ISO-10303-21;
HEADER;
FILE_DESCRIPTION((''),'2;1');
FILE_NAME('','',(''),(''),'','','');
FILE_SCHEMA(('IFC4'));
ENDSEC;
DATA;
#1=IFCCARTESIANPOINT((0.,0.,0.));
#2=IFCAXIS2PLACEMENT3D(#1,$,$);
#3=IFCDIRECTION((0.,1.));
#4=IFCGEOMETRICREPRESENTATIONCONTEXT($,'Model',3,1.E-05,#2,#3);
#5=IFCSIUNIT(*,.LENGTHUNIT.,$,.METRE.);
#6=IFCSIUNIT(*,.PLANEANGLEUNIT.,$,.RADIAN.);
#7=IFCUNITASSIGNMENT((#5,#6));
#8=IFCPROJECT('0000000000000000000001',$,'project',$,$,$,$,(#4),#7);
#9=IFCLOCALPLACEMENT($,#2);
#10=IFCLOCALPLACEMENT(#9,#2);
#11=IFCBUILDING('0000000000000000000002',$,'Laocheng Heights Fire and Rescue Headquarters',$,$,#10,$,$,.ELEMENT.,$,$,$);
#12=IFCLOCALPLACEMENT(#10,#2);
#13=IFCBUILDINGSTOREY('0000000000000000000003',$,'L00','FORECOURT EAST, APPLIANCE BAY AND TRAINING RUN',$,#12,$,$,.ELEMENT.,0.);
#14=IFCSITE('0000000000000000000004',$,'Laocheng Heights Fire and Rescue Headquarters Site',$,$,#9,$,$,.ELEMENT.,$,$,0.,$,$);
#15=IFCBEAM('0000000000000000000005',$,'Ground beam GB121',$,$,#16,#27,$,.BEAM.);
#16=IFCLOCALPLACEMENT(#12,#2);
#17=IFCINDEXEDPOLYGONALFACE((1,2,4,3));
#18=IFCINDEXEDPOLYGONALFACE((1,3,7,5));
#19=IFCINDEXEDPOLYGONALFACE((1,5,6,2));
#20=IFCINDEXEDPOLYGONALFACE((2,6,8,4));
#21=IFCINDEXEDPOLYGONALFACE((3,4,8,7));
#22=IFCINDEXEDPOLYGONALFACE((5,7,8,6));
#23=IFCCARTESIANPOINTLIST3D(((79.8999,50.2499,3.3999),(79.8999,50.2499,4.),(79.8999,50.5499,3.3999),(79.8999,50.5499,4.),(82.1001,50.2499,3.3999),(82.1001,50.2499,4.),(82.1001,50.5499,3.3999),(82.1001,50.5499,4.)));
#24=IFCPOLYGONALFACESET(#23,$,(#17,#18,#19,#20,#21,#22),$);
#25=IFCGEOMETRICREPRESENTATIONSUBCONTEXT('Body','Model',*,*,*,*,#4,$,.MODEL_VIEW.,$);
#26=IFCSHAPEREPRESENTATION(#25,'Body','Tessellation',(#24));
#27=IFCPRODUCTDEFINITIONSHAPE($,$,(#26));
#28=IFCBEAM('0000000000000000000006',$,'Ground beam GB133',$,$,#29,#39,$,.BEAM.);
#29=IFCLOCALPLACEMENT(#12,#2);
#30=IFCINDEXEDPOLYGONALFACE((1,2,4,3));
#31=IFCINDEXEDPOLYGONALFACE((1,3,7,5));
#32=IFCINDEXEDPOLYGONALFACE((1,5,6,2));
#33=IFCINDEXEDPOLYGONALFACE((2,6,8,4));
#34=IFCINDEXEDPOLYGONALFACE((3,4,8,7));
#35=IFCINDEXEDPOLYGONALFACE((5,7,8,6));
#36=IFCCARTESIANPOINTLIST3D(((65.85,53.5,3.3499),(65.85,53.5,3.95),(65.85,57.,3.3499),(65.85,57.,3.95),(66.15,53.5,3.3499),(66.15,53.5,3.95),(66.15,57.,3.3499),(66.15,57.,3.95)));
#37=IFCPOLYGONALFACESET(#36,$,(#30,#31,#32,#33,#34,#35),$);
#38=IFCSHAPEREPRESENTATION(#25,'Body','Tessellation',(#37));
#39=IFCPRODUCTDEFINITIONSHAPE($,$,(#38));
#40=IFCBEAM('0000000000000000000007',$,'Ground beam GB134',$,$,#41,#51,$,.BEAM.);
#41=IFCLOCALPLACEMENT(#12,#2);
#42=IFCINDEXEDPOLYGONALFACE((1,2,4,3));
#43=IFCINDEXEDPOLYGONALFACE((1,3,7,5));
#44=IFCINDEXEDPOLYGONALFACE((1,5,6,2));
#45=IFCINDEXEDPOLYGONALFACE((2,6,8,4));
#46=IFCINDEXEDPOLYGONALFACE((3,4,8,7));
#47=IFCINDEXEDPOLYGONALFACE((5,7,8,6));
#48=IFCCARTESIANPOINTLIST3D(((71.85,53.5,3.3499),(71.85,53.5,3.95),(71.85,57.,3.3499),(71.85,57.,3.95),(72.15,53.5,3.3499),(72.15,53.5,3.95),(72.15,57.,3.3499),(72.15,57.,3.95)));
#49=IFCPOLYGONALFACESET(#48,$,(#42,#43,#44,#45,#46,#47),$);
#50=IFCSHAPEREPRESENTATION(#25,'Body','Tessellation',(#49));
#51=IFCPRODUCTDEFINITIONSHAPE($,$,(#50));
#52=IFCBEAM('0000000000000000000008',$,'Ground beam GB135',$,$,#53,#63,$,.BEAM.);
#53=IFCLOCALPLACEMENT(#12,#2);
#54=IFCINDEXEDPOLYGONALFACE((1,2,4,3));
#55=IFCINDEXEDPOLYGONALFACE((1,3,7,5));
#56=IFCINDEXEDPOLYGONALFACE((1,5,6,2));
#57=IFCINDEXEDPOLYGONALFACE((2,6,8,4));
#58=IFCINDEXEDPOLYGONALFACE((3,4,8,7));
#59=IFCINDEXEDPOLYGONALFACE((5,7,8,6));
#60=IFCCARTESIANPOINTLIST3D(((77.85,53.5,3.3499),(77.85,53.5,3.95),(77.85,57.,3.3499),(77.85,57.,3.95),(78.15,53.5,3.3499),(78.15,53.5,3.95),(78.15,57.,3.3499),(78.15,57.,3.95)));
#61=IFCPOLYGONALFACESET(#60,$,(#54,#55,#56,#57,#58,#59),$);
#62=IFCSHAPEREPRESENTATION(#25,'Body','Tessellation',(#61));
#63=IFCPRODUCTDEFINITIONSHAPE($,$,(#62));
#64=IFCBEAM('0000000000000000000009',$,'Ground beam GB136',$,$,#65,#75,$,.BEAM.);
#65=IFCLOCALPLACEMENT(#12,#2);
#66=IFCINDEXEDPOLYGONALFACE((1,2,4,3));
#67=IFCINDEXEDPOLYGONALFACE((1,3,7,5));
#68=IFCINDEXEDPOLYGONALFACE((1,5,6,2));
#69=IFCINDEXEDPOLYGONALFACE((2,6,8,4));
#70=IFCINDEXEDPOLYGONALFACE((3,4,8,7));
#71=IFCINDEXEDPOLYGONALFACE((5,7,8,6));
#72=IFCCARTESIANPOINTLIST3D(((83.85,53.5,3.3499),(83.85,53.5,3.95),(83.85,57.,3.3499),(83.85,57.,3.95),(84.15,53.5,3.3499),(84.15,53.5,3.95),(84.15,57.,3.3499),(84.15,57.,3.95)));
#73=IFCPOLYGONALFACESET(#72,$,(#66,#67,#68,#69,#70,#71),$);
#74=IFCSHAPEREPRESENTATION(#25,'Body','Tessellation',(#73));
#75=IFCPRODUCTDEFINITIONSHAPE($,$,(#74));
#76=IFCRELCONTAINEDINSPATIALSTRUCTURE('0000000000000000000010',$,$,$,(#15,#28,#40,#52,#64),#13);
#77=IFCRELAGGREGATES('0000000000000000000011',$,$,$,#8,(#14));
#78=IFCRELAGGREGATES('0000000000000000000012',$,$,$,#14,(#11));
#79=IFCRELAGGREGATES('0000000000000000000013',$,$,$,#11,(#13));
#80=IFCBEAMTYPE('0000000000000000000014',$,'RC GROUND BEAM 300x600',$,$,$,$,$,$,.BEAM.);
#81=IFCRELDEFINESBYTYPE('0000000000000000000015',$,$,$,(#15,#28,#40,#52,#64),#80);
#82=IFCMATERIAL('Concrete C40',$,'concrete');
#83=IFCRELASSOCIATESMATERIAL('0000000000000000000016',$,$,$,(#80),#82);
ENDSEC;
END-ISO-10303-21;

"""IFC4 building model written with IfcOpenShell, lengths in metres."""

from ifc_helpers import new_model, si_unit, direction, frame, origin, origin_2d, place, context, subcontext, project, spatial, rectangle, extrude, material, material_profile, profile_set, type_object, element, save


model = new_model("IFC4")

# Units and contexts
model_context = context("Model", 3, precision=1e-05, world=origin(), true_north=direction((0.0, 1.0)))
body_context = subcontext(model_context, "Body", "Model", "MODEL_VIEW")
ifc_project = project(units=[si_unit("LENGTHUNIT", "METRE"), si_unit("PLANEANGLEUNIT", "RADIAN")], contexts=[model_context])

# Site, building, storey
site_placement = place(None, origin())
site = spatial("IfcSite", under=ifc_project, at=site_placement, Name="Laocheng Heights Fire and Rescue Headquarters Site", CompositionType="ELEMENT", RefElevation=0.0)
building_placement = place(site_placement, origin())
building = spatial("IfcBuilding", under=site, at=building_placement, Name="Laocheng Heights Fire and Rescue Headquarters", CompositionType="ELEMENT")
storey_placement = place(building_placement, origin())
storey = spatial("IfcBuildingStorey", under=building, at=storey_placement, Name="L00", Description="FORECOURT EAST, APPLIANCE BAY AND TRAINING RUN", CompositionType="ELEMENT", Elevation=0.0)

# Beams
ifc_material_1 = material(Name="Concrete C40", Category="concrete")
ifc_material_profile_1 = material_profile(ifc_material_1, rectangle(XDim=0.3, YDim=0.6001, at=origin_2d()), Name="RC GROUND BEAM 300x600")
ifc_profile_set_1 = profile_set([ifc_material_profile_1], Name="Concrete C40")
beam_type = type_object("IfcBeamType", Name="RC GROUND BEAM 300x600", PredefinedType="BEAM", material=ifc_profile_set_1)
for number, where, z_axis, x_axis, name in (
    (1, (79.8999, 50.3999, 3.7), (1.0, 0.0, 0.0), (0.0, 1.0, 0.0), "Ground beam GB121"),
):
    element("IfcBeam", number, at=place(storey_placement, frame(where, z_axis=z_axis, x_axis=x_axis)), inside=storey, type_object=beam_type, Name=name, PredefinedType="BEAM", context=body_context, shape_type="SweptSolid", body=[
        extrude(rectangle(XDim=0.3, YDim=0.6001, at=origin_2d()), origin(), (0.0, 0.0, 1.0), 2.2002),
    ])
for number, where, z_axis, x_axis, name in (
    (2, (66.0, 53.5, 3.6499), (0.0, 1.0, 0.0), (-1.0, 0.0, 0.0), "Ground beam GB133"),
    (3, (72.0, 53.5, 3.6499), (0.0, 1.0, 0.0), (-1.0, 0.0, 0.0), "Ground beam GB134"),
    (4, (78.0, 53.5, 3.6499), (0.0, 1.0, 0.0), (-1.0, 0.0, 0.0), "Ground beam GB135"),
    (5, (84.0, 53.5, 3.6499), (0.0, 1.0, 0.0), (-1.0, 0.0, 0.0), "Ground beam GB136"),
):
    element("IfcBeam", number, at=place(storey_placement, frame(where, z_axis=z_axis, x_axis=x_axis)), inside=storey, type_object=beam_type, Name=name, PredefinedType="BEAM", context=body_context, shape_type="SweptSolid", body=[
        extrude(rectangle(XDim=0.3, YDim=0.6001, at=origin_2d()), origin(), (0.0, 0.0, 1.0), 3.5),
    ])

save(model, "model.ifc")
